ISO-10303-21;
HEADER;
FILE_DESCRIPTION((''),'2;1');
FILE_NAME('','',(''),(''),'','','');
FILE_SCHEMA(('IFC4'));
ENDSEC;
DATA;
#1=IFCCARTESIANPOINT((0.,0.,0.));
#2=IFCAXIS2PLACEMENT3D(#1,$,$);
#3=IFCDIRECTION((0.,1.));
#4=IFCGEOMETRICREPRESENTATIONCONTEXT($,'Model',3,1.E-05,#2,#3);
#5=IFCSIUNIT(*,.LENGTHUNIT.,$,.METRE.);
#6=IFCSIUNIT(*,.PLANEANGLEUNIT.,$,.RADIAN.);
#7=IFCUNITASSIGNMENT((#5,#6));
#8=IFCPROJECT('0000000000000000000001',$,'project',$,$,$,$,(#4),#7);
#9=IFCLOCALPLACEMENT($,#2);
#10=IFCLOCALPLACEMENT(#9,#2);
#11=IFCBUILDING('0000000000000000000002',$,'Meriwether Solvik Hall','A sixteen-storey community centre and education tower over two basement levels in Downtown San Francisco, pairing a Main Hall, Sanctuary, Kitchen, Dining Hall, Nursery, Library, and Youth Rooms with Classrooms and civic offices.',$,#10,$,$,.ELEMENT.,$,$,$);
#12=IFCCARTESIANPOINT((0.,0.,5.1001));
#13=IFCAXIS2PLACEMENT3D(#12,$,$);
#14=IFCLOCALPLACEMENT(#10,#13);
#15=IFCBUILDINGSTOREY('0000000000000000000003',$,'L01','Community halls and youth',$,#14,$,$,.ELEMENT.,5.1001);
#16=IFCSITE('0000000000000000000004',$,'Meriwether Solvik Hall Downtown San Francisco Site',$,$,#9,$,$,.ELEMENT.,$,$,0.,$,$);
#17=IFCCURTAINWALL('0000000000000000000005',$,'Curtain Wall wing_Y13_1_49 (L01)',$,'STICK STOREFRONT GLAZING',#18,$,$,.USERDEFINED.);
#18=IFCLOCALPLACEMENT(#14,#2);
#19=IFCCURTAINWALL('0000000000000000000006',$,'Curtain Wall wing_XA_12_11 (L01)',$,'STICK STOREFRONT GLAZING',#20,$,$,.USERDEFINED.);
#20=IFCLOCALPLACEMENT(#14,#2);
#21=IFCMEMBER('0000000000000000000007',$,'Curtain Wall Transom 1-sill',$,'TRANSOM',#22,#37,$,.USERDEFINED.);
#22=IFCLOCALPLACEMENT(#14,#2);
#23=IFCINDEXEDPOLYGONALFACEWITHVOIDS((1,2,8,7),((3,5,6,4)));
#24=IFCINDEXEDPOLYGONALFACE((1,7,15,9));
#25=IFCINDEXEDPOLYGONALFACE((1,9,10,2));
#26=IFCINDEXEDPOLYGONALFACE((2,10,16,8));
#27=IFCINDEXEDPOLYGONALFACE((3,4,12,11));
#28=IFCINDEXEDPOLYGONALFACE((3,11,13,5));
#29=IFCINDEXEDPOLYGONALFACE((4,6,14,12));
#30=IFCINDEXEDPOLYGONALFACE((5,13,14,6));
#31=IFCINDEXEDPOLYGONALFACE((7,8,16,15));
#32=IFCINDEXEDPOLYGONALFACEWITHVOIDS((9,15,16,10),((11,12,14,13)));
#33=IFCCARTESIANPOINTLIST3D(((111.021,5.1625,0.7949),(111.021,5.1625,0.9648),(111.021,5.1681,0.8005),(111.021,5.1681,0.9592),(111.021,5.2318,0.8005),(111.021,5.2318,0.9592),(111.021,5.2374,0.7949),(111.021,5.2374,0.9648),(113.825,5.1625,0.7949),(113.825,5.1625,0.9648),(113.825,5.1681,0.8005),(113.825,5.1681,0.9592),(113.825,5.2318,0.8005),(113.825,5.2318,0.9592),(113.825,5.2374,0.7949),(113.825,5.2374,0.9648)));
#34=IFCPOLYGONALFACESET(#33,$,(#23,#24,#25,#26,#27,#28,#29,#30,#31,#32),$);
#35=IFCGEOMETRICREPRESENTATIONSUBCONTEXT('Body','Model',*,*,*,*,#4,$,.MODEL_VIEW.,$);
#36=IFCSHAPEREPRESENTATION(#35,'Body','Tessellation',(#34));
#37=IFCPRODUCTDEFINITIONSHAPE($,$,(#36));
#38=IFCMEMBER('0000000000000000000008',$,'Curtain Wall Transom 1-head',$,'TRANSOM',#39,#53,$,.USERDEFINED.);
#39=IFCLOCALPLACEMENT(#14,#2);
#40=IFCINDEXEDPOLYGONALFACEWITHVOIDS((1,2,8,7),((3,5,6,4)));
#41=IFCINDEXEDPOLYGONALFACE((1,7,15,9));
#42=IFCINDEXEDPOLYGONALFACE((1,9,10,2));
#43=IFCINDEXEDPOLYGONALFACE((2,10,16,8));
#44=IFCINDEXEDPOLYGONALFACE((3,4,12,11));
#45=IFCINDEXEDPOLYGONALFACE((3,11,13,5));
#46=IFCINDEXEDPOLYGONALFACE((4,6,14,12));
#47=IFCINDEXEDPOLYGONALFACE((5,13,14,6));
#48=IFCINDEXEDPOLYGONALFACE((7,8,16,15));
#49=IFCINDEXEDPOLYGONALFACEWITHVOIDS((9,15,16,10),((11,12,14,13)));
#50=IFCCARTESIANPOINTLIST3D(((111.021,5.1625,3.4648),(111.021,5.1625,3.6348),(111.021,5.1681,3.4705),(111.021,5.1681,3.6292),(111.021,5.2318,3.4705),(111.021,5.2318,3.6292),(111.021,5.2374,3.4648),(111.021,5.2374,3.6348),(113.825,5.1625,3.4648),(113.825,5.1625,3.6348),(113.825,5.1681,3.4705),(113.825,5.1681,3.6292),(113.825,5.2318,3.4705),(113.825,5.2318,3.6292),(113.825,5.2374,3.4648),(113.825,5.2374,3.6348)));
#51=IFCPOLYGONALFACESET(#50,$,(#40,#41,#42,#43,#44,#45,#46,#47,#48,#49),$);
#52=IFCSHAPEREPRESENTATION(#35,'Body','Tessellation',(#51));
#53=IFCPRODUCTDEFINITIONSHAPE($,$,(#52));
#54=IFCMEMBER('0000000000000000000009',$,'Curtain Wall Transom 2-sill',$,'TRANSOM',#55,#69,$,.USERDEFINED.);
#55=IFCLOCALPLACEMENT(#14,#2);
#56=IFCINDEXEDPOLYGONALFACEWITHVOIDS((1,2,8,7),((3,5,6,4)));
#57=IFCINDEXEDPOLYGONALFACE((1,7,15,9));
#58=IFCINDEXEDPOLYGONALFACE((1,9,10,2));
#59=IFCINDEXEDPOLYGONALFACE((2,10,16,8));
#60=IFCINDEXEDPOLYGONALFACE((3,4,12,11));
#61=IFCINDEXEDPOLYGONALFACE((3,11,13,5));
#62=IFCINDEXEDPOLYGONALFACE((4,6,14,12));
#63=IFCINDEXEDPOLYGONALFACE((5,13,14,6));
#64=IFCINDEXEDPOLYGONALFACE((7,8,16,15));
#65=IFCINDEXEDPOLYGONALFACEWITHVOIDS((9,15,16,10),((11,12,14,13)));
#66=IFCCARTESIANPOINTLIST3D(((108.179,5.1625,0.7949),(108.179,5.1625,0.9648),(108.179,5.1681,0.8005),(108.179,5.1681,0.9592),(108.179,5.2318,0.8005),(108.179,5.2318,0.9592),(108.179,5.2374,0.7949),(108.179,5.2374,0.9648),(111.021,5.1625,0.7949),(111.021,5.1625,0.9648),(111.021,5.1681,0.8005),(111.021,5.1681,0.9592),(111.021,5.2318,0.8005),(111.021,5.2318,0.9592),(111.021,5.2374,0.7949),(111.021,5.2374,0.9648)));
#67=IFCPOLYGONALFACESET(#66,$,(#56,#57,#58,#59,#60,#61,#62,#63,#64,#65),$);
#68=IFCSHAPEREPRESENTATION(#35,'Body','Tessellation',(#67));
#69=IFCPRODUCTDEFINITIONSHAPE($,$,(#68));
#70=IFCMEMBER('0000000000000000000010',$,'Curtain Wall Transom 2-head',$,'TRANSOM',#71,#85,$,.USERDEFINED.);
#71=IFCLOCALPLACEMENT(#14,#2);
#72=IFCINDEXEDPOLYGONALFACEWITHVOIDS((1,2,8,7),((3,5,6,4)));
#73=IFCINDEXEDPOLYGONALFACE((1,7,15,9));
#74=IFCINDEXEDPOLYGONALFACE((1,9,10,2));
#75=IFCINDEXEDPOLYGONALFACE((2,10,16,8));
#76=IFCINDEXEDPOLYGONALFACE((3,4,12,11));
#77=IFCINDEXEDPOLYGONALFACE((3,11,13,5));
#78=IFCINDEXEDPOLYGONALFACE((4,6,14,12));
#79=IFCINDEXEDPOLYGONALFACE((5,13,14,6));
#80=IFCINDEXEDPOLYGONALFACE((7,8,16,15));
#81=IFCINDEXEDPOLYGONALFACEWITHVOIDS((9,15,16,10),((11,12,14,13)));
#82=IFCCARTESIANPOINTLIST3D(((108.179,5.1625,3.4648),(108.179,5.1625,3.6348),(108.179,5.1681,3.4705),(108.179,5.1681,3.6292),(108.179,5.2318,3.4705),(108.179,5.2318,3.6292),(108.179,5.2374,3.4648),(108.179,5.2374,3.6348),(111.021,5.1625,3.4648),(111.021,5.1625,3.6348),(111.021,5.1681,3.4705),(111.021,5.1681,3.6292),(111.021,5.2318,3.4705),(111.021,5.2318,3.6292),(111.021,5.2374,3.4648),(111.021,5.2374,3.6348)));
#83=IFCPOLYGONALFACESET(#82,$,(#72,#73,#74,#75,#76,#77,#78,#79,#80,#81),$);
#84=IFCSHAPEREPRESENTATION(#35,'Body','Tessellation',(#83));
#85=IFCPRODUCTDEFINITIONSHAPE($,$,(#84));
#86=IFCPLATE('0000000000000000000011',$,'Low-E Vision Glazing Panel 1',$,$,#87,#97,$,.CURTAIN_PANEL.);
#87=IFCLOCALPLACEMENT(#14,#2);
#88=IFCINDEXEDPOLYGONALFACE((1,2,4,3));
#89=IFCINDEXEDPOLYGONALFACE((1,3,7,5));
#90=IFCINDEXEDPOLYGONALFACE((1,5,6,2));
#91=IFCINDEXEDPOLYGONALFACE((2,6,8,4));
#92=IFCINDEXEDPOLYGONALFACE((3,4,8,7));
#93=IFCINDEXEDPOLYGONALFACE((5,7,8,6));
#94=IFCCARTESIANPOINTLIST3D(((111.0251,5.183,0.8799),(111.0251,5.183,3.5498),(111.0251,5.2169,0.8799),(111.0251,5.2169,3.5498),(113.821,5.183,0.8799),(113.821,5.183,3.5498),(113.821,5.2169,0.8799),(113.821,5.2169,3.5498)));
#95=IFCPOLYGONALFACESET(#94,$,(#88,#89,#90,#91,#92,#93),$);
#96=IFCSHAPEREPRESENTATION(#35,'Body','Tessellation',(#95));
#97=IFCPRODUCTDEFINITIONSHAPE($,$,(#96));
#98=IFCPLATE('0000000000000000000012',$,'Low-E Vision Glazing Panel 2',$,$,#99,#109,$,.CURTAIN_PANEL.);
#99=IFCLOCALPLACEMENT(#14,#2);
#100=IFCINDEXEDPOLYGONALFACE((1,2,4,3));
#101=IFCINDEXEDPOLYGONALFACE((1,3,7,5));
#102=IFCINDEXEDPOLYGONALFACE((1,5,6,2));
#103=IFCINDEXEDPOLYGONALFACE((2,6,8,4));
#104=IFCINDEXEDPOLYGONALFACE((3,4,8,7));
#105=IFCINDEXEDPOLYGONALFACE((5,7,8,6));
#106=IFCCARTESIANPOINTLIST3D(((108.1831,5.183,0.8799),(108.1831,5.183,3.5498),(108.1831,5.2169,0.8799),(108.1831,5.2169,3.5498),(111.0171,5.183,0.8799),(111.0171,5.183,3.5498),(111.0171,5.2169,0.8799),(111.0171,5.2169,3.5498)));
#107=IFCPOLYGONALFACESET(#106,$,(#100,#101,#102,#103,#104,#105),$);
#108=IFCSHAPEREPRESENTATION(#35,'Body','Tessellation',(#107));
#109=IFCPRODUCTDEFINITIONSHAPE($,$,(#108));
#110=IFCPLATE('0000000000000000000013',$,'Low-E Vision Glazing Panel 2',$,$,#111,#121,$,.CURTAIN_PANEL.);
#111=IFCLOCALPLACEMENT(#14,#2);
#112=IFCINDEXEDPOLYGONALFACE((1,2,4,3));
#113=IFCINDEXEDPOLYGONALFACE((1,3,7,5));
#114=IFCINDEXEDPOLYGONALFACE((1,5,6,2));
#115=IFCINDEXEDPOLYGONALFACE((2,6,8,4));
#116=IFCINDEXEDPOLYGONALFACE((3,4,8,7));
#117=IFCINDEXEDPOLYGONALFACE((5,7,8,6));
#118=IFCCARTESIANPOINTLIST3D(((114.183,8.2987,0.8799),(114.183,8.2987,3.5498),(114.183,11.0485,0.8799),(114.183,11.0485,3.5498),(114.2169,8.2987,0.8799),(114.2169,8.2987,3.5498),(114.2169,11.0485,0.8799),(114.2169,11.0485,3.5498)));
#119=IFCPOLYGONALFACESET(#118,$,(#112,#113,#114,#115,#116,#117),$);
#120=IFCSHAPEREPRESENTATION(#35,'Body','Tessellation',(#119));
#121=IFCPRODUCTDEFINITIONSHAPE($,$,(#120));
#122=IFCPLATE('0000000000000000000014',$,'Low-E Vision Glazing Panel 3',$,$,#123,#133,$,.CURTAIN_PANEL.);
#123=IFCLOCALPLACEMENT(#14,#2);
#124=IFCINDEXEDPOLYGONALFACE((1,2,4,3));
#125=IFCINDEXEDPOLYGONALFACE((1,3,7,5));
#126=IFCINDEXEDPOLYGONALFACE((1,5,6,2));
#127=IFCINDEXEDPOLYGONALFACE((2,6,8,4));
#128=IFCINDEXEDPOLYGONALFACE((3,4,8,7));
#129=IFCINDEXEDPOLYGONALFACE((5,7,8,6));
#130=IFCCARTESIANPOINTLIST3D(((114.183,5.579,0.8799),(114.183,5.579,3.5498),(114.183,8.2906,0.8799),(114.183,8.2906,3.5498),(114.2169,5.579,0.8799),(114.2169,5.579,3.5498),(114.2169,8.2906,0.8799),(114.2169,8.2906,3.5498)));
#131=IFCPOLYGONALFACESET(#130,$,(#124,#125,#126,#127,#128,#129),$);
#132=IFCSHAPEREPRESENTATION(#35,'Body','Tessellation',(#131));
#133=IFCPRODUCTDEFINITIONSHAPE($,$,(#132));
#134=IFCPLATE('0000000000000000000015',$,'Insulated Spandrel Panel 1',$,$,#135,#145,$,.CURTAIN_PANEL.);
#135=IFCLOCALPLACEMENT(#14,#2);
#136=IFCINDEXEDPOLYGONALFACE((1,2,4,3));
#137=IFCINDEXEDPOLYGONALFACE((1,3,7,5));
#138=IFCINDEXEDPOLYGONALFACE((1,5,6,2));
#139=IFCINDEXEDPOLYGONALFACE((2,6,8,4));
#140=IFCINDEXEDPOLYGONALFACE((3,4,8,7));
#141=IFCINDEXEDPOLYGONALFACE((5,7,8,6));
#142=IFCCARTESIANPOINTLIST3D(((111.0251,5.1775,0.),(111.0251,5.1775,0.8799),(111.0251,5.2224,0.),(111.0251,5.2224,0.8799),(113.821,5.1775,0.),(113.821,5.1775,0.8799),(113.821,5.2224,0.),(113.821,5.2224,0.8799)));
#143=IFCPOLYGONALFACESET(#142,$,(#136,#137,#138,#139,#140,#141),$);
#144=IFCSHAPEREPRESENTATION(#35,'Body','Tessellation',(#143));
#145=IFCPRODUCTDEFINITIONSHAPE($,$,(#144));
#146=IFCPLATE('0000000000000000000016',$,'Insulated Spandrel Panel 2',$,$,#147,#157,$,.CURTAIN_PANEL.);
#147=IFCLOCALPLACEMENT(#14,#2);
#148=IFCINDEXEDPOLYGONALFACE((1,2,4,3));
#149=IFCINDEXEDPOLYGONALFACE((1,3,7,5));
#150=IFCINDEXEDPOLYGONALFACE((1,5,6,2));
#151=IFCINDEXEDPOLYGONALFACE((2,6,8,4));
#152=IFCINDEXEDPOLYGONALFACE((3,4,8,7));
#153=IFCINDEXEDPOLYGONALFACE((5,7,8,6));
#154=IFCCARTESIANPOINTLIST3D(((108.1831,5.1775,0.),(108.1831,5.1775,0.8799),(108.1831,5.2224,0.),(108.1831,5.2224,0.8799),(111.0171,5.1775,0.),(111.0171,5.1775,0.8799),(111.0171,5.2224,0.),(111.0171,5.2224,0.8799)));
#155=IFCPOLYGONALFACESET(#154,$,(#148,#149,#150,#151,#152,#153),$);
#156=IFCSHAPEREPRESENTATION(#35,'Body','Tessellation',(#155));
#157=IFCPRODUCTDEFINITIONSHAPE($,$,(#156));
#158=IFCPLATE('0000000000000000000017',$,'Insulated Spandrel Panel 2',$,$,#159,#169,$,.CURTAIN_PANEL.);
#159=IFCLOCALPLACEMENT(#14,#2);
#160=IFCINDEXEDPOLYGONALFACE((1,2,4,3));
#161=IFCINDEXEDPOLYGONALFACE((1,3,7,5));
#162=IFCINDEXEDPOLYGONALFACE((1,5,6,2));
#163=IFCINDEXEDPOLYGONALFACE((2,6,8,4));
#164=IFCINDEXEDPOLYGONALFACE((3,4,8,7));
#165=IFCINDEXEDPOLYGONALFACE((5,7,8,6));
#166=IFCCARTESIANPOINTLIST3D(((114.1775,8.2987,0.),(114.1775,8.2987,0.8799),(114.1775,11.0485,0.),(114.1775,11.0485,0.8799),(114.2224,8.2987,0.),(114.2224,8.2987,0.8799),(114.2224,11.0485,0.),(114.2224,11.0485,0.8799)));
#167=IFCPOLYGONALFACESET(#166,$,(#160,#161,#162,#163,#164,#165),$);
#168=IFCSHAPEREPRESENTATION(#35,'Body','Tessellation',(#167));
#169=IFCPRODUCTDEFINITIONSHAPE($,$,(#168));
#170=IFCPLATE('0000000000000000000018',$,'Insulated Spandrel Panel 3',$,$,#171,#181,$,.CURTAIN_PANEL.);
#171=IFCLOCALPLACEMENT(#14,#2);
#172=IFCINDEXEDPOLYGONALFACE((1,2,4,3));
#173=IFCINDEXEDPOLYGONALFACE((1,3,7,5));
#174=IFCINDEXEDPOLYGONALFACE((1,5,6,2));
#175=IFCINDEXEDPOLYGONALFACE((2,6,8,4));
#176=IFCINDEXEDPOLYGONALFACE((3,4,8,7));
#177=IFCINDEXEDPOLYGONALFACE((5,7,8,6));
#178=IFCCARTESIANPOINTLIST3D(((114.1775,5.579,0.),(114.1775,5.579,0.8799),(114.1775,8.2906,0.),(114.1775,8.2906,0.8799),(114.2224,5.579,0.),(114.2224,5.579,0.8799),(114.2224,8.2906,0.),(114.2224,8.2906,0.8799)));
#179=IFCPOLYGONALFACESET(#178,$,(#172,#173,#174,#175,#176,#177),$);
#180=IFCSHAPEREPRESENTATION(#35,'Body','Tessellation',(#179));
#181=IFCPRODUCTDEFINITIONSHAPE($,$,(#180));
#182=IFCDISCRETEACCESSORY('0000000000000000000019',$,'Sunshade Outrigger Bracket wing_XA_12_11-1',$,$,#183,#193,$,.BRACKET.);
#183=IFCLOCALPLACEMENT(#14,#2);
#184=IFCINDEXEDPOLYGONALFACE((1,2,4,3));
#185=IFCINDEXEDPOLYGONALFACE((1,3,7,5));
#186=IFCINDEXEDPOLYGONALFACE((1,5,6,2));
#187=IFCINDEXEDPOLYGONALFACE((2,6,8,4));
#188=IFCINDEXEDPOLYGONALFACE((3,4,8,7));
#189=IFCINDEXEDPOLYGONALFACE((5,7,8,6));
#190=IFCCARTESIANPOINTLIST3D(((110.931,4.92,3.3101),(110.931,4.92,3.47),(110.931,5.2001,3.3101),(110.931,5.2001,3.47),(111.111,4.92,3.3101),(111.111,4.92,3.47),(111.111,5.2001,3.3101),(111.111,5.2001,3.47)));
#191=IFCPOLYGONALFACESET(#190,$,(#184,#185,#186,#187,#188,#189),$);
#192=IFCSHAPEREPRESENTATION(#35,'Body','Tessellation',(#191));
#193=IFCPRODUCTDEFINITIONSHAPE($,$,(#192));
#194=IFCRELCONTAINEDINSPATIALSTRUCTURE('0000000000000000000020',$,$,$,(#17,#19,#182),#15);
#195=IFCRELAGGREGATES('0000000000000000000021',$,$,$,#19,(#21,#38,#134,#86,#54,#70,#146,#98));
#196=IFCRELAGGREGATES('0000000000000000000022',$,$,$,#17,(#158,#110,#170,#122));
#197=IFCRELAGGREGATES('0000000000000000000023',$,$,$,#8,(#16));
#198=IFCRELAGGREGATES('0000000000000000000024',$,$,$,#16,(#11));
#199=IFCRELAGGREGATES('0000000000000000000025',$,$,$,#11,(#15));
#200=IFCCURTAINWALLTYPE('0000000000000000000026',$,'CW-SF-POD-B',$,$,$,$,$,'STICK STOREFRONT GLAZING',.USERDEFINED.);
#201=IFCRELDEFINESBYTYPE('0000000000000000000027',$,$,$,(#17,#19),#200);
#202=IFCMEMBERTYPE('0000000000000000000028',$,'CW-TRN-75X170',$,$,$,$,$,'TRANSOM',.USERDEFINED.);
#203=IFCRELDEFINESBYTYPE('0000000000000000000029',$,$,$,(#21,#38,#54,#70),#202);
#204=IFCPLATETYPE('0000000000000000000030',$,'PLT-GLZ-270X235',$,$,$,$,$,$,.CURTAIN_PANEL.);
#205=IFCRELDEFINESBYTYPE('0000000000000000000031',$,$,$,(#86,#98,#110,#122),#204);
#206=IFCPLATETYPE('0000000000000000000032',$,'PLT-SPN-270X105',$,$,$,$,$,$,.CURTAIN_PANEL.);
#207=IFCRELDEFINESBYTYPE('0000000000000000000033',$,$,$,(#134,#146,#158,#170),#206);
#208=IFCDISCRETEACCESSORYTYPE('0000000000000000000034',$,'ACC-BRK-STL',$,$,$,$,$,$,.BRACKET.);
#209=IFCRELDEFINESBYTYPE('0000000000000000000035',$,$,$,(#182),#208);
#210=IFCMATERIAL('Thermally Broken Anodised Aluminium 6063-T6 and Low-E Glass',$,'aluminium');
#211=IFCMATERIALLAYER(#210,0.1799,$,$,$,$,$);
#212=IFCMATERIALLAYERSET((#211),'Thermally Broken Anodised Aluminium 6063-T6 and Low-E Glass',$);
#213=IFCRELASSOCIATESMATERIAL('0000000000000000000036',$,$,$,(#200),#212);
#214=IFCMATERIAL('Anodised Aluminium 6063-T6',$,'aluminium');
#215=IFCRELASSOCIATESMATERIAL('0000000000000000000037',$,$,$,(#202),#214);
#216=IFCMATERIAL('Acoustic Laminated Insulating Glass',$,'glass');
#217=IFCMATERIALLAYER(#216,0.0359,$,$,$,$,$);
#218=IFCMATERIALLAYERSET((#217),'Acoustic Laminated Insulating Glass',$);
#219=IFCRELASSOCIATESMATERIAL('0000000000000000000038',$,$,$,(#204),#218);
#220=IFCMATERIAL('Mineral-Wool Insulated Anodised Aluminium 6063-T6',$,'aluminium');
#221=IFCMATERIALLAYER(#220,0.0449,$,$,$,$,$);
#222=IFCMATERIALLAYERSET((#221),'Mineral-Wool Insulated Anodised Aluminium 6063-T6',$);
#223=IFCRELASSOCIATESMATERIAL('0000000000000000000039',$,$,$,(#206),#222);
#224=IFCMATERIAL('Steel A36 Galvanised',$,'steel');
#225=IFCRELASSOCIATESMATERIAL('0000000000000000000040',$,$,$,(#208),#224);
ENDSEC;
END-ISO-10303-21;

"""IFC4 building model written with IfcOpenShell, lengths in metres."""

from ifc_helpers import new_model, si_unit, direction, frame, origin, origin_2d, place, context, subcontext, project, spatial, rectangle, hollow_rectangle, extrude, material, layer, layer_set, material_profile, profile_set, type_object, element, aggregate, save


model = new_model("IFC4")

# Units and contexts
model_context = context("Model", 3, precision=1e-05, world=origin(), true_north=direction((0.0, 1.0)))
body_context = subcontext(model_context, "Body", "Model", "MODEL_VIEW")
ifc_project = project(units=[si_unit("LENGTHUNIT", "METRE"), si_unit("PLANEANGLEUNIT", "RADIAN")], contexts=[model_context])

# Site, building, storey
site_placement = place(None, origin())
site = spatial("IfcSite", under=ifc_project, at=site_placement, Name="Meriwether Solvik Hall Downtown San Francisco Site", CompositionType="ELEMENT", RefElevation=0.0)
building_placement = place(site_placement, origin())
building = spatial("IfcBuilding", under=site, at=building_placement, Name="Meriwether Solvik Hall", Description="A sixteen-storey community centre and education tower over two basement levels in Downtown San Francisco, pairing a Main Hall, Sanctuary, Kitchen, Dining Hall, Nursery, Library, and Youth Rooms with Classrooms and civic offices.", CompositionType="ELEMENT")
storey_placement = place(building_placement, frame((0.0, 0.0, 5.1001)))
storey = spatial("IfcBuildingStorey", under=building, at=storey_placement, Name="L01", Description="Community halls and youth", CompositionType="ELEMENT", Elevation=5.1001)

# Curtain walls
ifc_material_1 = material(Name="Thermally Broken Anodised Aluminium 6063-T6 and Low-E Glass", Category="aluminium")
ifc_layer_1 = layer(ifc_material_1, 0.1799)
ifc_layer_set_1 = layer_set([ifc_layer_1], Name="Thermally Broken Anodised Aluminium 6063-T6 and Low-E Glass")
curtain_wall_type = type_object("IfcCurtainWallType", Name="CW-SF-POD-B", ElementType="STICK STOREFRONT GLAZING", PredefinedType="USERDEFINED", material=ifc_layer_set_1)
curtain_wall_1_placement = place(storey_placement, origin())
curtain_wall_1 = element("IfcCurtainWall", 1, at=curtain_wall_1_placement, inside=storey, type_object=curtain_wall_type, Name="Curtain Wall wing_Y13_1_49 (L01)", ObjectType="STICK STOREFRONT GLAZING", PredefinedType="USERDEFINED")
curtain_wall_2_placement = place(storey_placement, origin())
curtain_wall_2 = element("IfcCurtainWall", 2, at=curtain_wall_2_placement, inside=storey, type_object=curtain_wall_type, Name="Curtain Wall wing_XA_12_11 (L01)", ObjectType="STICK STOREFRONT GLAZING", PredefinedType="USERDEFINED")

# Members
ifc_material_2 = material(Name="Anodised Aluminium 6063-T6", Category="aluminium")
ifc_material_profile_1 = material_profile(ifc_material_2, hollow_rectangle(XDim=0.075, YDim=0.1699, WallThickness=0.0056, at=origin_2d()), Name="CWT-75X170")
ifc_profile_set_1 = profile_set([ifc_material_profile_1], Name="Anodised Aluminium 6063-T6")
member_type_1 = type_object("IfcMemberType", Name="CW-TRN-75X170", ElementType="TRANSOM", PredefinedType="USERDEFINED", material=ifc_profile_set_1)
member_1_placement = place(storey_placement, frame((113.825, 5.2, 0.8799), z_axis=(-1.0, 0.0, 0.0), x_axis=(0.0, -1.0, 0.0)))
member_1 = element("IfcMember", 3, at=member_1_placement, type_object=member_type_1, Name="Curtain Wall Transom 1-sill", ObjectType="TRANSOM", PredefinedType="USERDEFINED", context=body_context, shape_type="SweptSolid", body=[
    extrude(hollow_rectangle(XDim=0.075, YDim=0.1699, WallThickness=0.0056, at=origin_2d()), origin(), (0.0, 0.0, 1.0), 2.804),
])
member_2_placement = place(storey_placement, frame((113.825, 5.2, 3.5498), z_axis=(-1.0, 0.0, 0.0), x_axis=(0.0, -1.0, 0.0)))
member_2 = element("IfcMember", 4, at=member_2_placement, type_object=member_type_1, Name="Curtain Wall Transom 1-head", ObjectType="TRANSOM", PredefinedType="USERDEFINED", context=body_context, shape_type="SweptSolid", body=[
    extrude(hollow_rectangle(XDim=0.075, YDim=0.1699, WallThickness=0.0056, at=origin_2d()), origin(), (0.0, 0.0, 1.0), 2.804),
])
member_3_placement = place(storey_placement, frame((111.021, 5.2, 0.8799), z_axis=(-1.0, 0.0, 0.0), x_axis=(0.0, -1.0, 0.0)))
member_3 = element("IfcMember", 5, at=member_3_placement, type_object=member_type_1, Name="Curtain Wall Transom 2-sill", ObjectType="TRANSOM", PredefinedType="USERDEFINED", context=body_context, shape_type="SweptSolid", body=[
    extrude(hollow_rectangle(XDim=0.075, YDim=0.1699, WallThickness=0.0056, at=origin_2d()), origin(), (0.0, 0.0, 1.0), 2.842),
])
member_4_placement = place(storey_placement, frame((111.021, 5.2, 3.5498), z_axis=(-1.0, 0.0, 0.0), x_axis=(0.0, -1.0, 0.0)))
member_4 = element("IfcMember", 6, at=member_4_placement, type_object=member_type_1, Name="Curtain Wall Transom 2-head", ObjectType="TRANSOM", PredefinedType="USERDEFINED", context=body_context, shape_type="SweptSolid", body=[
    extrude(hollow_rectangle(XDim=0.075, YDim=0.1699, WallThickness=0.0056, at=origin_2d()), origin(), (0.0, 0.0, 1.0), 2.842),
])

# Plates
ifc_material_3 = material(Name="Acoustic Laminated Insulating Glass", Category="glass")
ifc_layer_2 = layer(ifc_material_3, 0.0359)
ifc_layer_set_2 = layer_set([ifc_layer_2], Name="Acoustic Laminated Insulating Glass")
plate_type_1 = type_object("IfcPlateType", Name="PLT-GLZ-270X235", PredefinedType="CURTAIN_PANEL", material=ifc_layer_set_2)
plate_1_placement = place(storey_placement, frame((112.4231, 5.2, 0.8799), z_axis=(0.0, 0.0, 1.0), x_axis=(-1.0, 0.0, 0.0)))
plate_1 = element("IfcPlate", 7, at=plate_1_placement, type_object=plate_type_1, Name="Low-E Vision Glazing Panel 1", PredefinedType="CURTAIN_PANEL", context=body_context, shape_type="SweptSolid", body=[
    extrude(rectangle(XDim=2.7959, YDim=0.0339, at=origin_2d()), origin(), (0.0, 0.0, 1.0), 2.6699),
])
plate_2_placement = place(storey_placement, frame((109.6001, 5.2, 0.8799), z_axis=(0.0, 0.0, 1.0), x_axis=(-1.0, 0.0, 0.0)))
plate_2 = element("IfcPlate", 8, at=plate_2_placement, type_object=plate_type_1, Name="Low-E Vision Glazing Panel 2", PredefinedType="CURTAIN_PANEL", context=body_context, shape_type="SweptSolid", body=[
    extrude(rectangle(XDim=2.834, YDim=0.0339, at=origin_2d()), origin(), (0.0, 0.0, 1.0), 2.6699),
])
plate_3_placement = place(storey_placement, frame((114.2, 9.6736, 0.8799), z_axis=(0.0, 0.0, 1.0), x_axis=(0.0, -1.0, 0.0)))
plate_3 = element("IfcPlate", 9, at=plate_3_placement, type_object=plate_type_1, Name="Low-E Vision Glazing Panel 2", PredefinedType="CURTAIN_PANEL", context=body_context, shape_type="SweptSolid", body=[
    extrude(rectangle(XDim=2.7498, YDim=0.0339, at=origin_2d()), origin(), (0.0, 0.0, 1.0), 2.6699),
])
plate_4_placement = place(storey_placement, frame((114.2, 6.9348, 0.8799), z_axis=(0.0, 0.0, 1.0), x_axis=(0.0, -1.0, 0.0)))
plate_4 = element("IfcPlate", 10, at=plate_4_placement, type_object=plate_type_1, Name="Low-E Vision Glazing Panel 3", PredefinedType="CURTAIN_PANEL", context=body_context, shape_type="SweptSolid", body=[
    extrude(rectangle(XDim=2.7117, YDim=0.0339, at=origin_2d()), origin(), (0.0, 0.0, 1.0), 2.6699),
])
ifc_material_4 = material(Name="Mineral-Wool Insulated Anodised Aluminium 6063-T6", Category="aluminium")
ifc_layer_3 = layer(ifc_material_4, 0.0449)
ifc_layer_set_3 = layer_set([ifc_layer_3], Name="Mineral-Wool Insulated Anodised Aluminium 6063-T6")
plate_type_2 = type_object("IfcPlateType", Name="PLT-SPN-270X105", PredefinedType="CURTAIN_PANEL", material=ifc_layer_set_3)
plate_5_placement = place(storey_placement, frame((112.4231, 5.2, 0.0), z_axis=(0.0, 0.0, 1.0), x_axis=(-1.0, 0.0, 0.0)))
plate_5 = element("IfcPlate", 11, at=plate_5_placement, type_object=plate_type_2, Name="Insulated Spandrel Panel 1", PredefinedType="CURTAIN_PANEL", context=body_context, shape_type="SweptSolid", body=[
    extrude(rectangle(XDim=2.7959, YDim=0.0449, at=origin_2d()), origin(), (0.0, 0.0, 1.0), 0.8799),
])
plate_6_placement = place(storey_placement, frame((109.6001, 5.2, 0.0), z_axis=(0.0, 0.0, 1.0), x_axis=(-1.0, 0.0, 0.0)))
plate_6 = element("IfcPlate", 12, at=plate_6_placement, type_object=plate_type_2, Name="Insulated Spandrel Panel 2", PredefinedType="CURTAIN_PANEL", context=body_context, shape_type="SweptSolid", body=[
    extrude(rectangle(XDim=2.834, YDim=0.0449, at=origin_2d()), origin(), (0.0, 0.0, 1.0), 0.8799),
])
aggregate(curtain_wall_2, [member_1, member_2, plate_5, plate_1, member_3, member_4, plate_6, plate_2])
plate_7_placement = place(storey_placement, frame((114.2, 9.6736, 0.0), z_axis=(0.0, 0.0, 1.0), x_axis=(0.0, -1.0, 0.0)))
plate_7 = element("IfcPlate", 13, at=plate_7_placement, type_object=plate_type_2, Name="Insulated Spandrel Panel 2", PredefinedType="CURTAIN_PANEL", context=body_context, shape_type="SweptSolid", body=[
    extrude(rectangle(XDim=2.7498, YDim=0.0449, at=origin_2d()), origin(), (0.0, 0.0, 1.0), 0.8799),
])
plate_8_placement = place(storey_placement, frame((114.2, 6.9348, 0.0), z_axis=(0.0, 0.0, 1.0), x_axis=(0.0, -1.0, 0.0)))
plate_8 = element("IfcPlate", 14, at=plate_8_placement, type_object=plate_type_2, Name="Insulated Spandrel Panel 3", PredefinedType="CURTAIN_PANEL", context=body_context, shape_type="SweptSolid", body=[
    extrude(rectangle(XDim=2.7117, YDim=0.0449, at=origin_2d()), origin(), (0.0, 0.0, 1.0), 0.8799),
])
aggregate(curtain_wall_1, [plate_7, plate_3, plate_8, plate_4])

# Discrete accessory
ifc_material_5 = material(Name="Steel A36 Galvanised", Category="steel")
discrete_accessory_type = type_object("IfcDiscreteAccessoryType", Name="ACC-BRK-STL", PredefinedType="BRACKET", material=ifc_material_5)
discrete_accessory_placement = place(storey_placement, frame((111.021, 5.0601, 3.3101), z_axis=(0.0, 0.0, 1.0), x_axis=(-1.0, 0.0, 0.0)))
element("IfcDiscreteAccessory", 15, at=discrete_accessory_placement, inside=storey, type_object=discrete_accessory_type, Name="Sunshade Outrigger Bracket wing_XA_12_11-1", PredefinedType="BRACKET", context=body_context, shape_type="SweptSolid", body=[
    extrude(rectangle(XDim=0.1799, YDim=0.28, at=origin_2d()), origin(), (0.0, 0.0, 1.0), 0.1599),
])

save(model, "model.ifc")
